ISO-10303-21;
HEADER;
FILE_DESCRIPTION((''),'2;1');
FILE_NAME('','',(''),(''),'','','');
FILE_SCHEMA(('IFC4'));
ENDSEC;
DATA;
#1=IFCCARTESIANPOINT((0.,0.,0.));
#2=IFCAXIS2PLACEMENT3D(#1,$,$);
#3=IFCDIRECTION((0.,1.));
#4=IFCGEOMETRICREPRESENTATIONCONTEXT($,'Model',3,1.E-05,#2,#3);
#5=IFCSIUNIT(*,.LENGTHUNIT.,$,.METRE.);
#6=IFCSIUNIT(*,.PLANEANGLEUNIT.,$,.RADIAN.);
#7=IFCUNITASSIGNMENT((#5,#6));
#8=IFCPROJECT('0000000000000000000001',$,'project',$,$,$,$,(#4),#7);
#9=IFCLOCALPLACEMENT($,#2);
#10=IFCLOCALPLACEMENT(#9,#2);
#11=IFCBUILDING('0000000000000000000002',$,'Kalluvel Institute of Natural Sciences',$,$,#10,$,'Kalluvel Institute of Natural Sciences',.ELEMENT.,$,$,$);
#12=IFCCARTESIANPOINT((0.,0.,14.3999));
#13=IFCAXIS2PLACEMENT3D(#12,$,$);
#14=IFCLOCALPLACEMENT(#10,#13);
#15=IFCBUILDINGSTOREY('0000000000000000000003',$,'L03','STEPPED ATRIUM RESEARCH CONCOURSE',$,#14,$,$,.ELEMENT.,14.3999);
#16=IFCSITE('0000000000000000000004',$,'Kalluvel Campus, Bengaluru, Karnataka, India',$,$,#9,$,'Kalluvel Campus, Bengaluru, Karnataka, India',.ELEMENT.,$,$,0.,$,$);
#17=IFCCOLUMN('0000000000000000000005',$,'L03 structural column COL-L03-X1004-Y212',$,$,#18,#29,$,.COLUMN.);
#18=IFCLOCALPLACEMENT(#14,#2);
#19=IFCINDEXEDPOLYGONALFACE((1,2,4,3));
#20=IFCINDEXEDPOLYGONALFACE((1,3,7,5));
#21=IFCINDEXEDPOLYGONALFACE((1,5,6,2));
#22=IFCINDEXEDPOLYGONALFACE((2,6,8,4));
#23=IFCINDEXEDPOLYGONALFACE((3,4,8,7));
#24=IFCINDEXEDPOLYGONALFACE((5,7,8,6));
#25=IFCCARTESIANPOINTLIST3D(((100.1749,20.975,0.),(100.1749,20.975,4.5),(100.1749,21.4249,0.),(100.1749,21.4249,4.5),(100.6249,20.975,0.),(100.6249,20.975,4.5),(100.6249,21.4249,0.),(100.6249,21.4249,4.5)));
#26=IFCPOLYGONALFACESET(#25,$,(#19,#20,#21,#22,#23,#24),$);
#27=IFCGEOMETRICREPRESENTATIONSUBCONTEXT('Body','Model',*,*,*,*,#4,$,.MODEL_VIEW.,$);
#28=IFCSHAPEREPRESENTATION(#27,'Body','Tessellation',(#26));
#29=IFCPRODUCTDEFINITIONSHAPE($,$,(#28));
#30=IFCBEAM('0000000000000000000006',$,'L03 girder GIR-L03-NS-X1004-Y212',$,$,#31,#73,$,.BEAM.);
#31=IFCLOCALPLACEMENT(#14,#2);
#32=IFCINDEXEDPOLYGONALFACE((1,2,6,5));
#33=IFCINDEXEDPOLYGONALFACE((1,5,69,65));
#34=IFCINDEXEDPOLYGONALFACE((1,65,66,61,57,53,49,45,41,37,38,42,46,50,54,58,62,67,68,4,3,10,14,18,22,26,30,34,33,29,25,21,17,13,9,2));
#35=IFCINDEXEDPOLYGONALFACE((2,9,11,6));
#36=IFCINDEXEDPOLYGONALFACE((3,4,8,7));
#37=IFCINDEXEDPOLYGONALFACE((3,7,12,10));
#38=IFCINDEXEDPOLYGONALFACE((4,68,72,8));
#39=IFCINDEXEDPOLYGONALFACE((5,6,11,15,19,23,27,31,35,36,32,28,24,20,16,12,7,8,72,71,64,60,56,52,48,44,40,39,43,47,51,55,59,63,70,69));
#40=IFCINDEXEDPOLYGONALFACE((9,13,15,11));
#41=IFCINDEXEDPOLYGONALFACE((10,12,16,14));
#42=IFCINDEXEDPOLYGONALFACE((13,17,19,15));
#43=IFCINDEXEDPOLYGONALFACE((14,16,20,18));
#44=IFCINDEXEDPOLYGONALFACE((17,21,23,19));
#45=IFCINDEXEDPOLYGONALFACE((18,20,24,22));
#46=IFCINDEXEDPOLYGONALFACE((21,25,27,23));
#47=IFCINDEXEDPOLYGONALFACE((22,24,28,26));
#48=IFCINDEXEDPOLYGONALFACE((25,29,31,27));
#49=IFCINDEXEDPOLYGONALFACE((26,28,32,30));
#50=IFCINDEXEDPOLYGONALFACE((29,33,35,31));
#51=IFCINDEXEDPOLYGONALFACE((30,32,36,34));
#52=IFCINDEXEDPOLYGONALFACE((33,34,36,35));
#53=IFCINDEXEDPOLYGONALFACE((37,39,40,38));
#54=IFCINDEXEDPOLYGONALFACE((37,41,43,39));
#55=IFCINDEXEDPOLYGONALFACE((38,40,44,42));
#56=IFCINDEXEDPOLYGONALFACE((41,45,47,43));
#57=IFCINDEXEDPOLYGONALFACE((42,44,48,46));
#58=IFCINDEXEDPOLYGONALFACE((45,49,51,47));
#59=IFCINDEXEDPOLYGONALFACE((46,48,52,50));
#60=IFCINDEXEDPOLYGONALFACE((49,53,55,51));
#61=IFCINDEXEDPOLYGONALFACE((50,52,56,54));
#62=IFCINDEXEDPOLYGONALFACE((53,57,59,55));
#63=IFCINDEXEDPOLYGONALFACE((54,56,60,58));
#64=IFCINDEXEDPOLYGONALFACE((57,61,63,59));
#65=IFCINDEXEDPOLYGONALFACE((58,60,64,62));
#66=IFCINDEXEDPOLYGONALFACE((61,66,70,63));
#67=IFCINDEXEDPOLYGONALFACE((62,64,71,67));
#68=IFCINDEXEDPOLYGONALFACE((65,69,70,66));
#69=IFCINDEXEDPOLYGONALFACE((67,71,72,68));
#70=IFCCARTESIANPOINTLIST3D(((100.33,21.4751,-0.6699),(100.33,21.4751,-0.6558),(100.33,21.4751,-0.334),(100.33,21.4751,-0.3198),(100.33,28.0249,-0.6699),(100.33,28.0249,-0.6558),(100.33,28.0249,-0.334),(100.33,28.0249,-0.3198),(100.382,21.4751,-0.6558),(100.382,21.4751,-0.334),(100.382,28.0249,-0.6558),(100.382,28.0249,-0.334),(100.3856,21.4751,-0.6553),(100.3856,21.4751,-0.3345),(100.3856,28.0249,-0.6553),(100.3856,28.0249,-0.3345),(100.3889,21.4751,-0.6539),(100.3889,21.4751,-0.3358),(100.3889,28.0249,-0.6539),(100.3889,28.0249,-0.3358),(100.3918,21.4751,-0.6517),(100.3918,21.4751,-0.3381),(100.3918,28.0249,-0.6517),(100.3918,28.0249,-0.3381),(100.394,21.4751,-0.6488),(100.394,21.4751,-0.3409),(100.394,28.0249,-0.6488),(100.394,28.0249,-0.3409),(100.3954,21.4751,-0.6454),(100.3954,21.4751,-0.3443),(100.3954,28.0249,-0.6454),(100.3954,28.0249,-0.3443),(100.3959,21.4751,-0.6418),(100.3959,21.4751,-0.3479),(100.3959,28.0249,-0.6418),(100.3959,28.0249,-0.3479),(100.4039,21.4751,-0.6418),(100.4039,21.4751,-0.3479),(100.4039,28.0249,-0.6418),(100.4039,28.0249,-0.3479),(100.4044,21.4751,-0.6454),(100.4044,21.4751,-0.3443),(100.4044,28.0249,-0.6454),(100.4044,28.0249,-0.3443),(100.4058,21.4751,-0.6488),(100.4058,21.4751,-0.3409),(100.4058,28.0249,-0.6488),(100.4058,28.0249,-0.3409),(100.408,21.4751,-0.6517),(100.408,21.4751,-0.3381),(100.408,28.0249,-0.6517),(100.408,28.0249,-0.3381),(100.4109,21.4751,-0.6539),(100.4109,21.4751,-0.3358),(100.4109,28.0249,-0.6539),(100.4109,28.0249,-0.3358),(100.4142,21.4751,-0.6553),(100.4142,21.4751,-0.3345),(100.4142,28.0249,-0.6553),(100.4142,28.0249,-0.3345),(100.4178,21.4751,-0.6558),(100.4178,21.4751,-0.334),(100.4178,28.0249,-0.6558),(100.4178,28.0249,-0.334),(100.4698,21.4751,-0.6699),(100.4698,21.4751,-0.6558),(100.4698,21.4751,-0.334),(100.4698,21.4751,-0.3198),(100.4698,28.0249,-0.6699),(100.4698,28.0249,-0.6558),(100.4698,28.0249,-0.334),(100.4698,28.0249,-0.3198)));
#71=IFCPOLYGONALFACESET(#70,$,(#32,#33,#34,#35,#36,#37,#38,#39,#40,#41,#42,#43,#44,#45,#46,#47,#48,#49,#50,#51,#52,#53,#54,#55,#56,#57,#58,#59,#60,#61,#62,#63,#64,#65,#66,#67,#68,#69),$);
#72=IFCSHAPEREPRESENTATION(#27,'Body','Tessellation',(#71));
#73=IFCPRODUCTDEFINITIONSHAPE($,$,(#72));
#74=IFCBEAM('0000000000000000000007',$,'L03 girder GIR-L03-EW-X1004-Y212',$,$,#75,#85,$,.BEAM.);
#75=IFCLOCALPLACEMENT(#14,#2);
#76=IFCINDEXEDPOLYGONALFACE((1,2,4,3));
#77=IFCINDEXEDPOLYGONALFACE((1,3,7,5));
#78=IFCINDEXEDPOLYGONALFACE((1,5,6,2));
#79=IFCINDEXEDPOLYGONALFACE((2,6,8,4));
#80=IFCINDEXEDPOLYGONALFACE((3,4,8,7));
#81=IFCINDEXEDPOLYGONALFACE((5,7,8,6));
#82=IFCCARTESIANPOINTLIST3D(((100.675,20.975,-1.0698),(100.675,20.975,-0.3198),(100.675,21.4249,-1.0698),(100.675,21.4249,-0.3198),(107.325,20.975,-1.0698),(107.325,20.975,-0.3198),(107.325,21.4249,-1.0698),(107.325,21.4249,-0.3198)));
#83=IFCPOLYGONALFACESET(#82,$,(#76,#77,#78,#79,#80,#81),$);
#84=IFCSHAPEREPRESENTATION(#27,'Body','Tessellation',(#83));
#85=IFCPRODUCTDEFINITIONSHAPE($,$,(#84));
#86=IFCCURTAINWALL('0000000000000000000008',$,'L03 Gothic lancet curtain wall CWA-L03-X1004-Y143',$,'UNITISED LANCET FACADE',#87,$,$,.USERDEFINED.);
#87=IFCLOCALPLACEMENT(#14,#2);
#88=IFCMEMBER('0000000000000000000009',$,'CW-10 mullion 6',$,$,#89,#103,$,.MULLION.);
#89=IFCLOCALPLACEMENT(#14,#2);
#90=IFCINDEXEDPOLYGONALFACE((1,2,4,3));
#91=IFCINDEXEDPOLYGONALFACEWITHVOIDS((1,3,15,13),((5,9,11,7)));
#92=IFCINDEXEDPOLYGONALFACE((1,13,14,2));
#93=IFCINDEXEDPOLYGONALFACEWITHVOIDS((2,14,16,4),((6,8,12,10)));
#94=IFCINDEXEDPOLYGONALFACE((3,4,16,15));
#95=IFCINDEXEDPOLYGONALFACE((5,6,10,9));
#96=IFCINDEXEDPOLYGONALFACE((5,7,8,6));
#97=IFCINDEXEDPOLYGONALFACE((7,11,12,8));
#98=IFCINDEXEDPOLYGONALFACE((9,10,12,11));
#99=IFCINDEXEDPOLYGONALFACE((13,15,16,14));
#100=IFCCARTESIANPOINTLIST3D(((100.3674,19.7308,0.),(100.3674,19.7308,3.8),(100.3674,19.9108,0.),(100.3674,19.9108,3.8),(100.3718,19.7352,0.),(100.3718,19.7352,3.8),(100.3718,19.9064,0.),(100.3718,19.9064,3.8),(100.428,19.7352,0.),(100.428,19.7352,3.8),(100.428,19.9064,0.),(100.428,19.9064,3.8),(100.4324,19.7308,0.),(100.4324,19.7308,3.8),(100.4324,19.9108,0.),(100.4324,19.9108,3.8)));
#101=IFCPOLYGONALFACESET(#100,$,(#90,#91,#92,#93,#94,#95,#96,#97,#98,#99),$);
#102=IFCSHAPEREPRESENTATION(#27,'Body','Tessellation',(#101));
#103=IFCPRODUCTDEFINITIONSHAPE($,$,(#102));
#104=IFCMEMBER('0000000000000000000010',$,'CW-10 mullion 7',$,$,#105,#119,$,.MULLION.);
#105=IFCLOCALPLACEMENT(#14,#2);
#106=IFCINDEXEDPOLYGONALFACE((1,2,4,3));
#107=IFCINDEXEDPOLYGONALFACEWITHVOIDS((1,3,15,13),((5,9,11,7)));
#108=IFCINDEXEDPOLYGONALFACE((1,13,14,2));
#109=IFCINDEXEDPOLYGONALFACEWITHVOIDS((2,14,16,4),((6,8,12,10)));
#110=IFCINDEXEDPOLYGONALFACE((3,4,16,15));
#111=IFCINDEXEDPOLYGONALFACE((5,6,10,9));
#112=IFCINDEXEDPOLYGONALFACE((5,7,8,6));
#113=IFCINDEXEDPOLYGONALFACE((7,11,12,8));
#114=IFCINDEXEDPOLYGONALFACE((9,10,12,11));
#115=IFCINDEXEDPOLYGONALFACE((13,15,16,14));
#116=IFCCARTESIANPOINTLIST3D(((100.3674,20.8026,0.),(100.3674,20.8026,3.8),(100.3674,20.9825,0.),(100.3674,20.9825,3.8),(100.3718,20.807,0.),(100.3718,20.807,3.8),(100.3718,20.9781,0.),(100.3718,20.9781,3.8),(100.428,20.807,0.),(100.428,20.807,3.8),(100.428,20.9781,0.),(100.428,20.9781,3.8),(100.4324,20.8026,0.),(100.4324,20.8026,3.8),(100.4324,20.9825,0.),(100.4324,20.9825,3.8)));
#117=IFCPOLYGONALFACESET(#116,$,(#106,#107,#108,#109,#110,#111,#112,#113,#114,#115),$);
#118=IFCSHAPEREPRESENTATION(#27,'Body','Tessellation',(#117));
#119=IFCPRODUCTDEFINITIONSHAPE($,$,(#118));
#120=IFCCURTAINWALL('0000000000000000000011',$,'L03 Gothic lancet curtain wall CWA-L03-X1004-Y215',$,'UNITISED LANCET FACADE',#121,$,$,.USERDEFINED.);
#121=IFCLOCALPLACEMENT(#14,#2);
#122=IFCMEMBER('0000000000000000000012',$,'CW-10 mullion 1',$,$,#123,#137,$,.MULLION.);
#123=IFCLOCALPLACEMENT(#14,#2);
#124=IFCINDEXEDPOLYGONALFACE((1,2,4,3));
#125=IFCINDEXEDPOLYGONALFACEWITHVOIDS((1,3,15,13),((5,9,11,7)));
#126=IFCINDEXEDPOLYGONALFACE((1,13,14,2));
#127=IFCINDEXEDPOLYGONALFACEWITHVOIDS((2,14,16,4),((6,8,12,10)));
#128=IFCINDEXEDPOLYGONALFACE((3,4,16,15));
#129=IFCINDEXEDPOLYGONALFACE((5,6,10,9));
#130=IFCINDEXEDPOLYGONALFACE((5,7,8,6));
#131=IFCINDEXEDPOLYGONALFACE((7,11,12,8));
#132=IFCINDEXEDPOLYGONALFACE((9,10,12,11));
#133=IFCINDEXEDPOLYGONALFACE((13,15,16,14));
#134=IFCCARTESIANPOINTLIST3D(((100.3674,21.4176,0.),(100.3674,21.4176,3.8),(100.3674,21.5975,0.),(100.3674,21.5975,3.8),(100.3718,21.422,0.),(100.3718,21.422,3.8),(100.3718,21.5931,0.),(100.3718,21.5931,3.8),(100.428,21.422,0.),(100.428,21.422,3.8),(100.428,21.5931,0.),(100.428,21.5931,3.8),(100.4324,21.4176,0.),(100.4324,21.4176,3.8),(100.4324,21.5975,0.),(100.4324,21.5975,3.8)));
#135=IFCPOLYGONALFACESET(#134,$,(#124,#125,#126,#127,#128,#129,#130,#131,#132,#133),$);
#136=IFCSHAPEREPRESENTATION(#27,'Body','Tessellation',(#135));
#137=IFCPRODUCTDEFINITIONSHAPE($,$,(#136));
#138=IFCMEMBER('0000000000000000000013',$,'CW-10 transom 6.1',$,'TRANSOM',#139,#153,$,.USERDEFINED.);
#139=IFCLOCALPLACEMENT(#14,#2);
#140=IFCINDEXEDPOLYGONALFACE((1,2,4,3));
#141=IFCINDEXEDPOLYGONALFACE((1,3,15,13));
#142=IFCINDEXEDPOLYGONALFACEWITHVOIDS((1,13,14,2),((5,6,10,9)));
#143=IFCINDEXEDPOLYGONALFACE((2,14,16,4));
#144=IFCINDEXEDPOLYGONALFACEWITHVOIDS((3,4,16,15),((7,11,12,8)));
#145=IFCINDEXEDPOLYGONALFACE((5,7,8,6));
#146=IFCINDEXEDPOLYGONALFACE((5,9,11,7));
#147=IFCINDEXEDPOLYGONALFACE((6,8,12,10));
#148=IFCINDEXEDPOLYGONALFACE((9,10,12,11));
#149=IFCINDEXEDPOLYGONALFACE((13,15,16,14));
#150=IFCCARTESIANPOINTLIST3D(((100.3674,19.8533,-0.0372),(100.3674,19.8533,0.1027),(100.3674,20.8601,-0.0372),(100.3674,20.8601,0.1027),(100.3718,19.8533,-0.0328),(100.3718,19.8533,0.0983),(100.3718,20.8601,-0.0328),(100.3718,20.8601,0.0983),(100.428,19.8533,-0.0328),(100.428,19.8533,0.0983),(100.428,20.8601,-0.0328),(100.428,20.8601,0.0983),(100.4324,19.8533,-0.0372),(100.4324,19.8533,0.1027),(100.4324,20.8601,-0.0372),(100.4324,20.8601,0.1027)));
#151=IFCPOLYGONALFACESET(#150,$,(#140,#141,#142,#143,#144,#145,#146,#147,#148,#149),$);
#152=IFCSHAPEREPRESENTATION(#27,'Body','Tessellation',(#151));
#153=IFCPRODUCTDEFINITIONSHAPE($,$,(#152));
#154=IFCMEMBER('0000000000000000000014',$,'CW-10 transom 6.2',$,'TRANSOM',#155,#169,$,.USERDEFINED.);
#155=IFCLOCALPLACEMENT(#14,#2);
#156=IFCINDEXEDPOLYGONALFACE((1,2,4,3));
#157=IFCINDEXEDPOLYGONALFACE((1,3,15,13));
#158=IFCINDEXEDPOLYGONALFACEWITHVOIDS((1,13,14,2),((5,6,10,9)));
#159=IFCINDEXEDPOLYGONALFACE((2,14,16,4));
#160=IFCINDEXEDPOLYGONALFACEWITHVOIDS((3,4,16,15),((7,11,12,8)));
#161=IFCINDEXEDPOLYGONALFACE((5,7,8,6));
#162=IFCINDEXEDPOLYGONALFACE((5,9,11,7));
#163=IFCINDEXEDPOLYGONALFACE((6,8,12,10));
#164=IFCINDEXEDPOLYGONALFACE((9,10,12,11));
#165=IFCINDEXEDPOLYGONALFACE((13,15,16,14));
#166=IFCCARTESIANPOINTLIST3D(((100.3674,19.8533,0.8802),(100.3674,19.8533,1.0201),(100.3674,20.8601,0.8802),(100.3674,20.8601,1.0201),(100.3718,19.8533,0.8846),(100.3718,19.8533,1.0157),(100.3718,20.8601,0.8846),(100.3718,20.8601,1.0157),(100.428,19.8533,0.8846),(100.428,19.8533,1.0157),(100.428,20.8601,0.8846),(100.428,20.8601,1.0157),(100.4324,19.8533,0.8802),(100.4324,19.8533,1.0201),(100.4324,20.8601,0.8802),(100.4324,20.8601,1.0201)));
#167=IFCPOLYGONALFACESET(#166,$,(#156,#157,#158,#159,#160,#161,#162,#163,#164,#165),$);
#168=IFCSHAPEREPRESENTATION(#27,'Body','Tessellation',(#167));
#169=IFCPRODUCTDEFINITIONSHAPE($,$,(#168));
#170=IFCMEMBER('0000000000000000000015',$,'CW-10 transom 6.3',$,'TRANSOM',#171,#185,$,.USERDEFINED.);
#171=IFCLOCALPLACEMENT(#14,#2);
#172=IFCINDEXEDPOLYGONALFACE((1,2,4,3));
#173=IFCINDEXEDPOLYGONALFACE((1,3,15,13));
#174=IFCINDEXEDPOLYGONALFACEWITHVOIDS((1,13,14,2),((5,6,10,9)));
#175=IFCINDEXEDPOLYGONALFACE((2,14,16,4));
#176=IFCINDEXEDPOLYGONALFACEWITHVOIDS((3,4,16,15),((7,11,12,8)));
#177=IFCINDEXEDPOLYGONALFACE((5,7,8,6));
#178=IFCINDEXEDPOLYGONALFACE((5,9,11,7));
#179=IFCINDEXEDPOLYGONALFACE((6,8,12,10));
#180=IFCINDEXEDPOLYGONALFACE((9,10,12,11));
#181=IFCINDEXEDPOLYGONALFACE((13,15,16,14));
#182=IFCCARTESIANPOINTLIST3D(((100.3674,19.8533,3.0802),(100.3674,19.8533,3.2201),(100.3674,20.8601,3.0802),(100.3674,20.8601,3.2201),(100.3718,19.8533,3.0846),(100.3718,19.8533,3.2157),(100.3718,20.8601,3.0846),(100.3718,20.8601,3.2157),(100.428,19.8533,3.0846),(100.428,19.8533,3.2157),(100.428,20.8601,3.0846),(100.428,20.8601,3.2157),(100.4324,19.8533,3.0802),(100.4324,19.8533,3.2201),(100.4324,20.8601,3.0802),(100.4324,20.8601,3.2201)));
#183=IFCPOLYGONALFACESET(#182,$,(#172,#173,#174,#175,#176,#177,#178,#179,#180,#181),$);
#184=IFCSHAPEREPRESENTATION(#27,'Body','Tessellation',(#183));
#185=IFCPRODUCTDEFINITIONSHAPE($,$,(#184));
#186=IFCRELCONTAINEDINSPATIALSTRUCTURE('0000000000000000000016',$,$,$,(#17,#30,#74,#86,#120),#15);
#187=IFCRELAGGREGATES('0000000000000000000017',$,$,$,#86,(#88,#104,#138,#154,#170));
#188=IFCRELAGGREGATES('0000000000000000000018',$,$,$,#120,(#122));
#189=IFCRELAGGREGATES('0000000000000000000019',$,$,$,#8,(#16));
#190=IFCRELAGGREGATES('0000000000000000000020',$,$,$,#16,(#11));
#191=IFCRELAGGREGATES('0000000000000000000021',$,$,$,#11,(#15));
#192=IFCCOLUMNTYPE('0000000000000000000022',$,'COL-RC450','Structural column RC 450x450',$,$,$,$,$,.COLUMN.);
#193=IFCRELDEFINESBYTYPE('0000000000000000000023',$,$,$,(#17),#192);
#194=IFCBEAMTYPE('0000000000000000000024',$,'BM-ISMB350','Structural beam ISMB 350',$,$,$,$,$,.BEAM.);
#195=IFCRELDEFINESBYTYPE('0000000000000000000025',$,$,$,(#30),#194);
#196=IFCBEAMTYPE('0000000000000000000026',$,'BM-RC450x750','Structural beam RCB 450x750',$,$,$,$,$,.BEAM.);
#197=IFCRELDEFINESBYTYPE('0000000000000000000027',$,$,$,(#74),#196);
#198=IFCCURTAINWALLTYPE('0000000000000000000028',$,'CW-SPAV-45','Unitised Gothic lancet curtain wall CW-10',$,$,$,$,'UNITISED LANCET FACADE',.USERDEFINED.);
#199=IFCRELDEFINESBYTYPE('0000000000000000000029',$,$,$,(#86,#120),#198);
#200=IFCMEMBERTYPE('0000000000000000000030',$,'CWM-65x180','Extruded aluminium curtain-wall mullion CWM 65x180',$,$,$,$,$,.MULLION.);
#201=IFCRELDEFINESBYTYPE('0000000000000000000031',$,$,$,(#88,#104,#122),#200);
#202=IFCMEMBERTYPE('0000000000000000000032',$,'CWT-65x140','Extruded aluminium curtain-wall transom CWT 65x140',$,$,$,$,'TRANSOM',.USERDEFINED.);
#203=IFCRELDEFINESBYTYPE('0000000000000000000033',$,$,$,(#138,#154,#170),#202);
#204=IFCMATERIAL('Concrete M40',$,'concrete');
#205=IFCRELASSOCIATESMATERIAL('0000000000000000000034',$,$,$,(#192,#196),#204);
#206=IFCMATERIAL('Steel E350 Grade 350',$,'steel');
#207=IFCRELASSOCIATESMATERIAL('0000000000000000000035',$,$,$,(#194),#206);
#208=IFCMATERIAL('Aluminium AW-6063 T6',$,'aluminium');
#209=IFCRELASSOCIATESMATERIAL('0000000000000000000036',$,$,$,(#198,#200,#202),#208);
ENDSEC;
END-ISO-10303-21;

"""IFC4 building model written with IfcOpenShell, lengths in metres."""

from ifc_helpers import new_model, si_unit, direction, frame, origin, origin_2d, place, context, subcontext, project, spatial, rectangle, hollow_rectangle, i_section, extrude, material, material_profile, profile_set, type_object, element, aggregate, save


model = new_model("IFC4")

# Units and contexts
model_context = context("Model", 3, precision=1e-05, world=origin(), true_north=direction((0.0, 1.0)))
body_context = subcontext(model_context, "Body", "Model", "MODEL_VIEW")
ifc_project = project(units=[si_unit("LENGTHUNIT", "METRE"), si_unit("PLANEANGLEUNIT", "RADIAN")], contexts=[model_context])

# Site, building, storey
site_placement = place(None, origin())
site = spatial("IfcSite", under=ifc_project, at=site_placement, Name="Kalluvel Campus, Bengaluru, Karnataka, India", LongName="Kalluvel Campus, Bengaluru, Karnataka, India", CompositionType="ELEMENT", RefElevation=0.0)
building_placement = place(site_placement, origin())
building = spatial("IfcBuilding", under=site, at=building_placement, Name="Kalluvel Institute of Natural Sciences", LongName="Kalluvel Institute of Natural Sciences", CompositionType="ELEMENT")
storey_placement = place(building_placement, frame((0.0, 0.0, 14.3999)))
storey = spatial("IfcBuildingStorey", under=building, at=storey_placement, Name="L03", Description="STEPPED ATRIUM RESEARCH CONCOURSE", CompositionType="ELEMENT", Elevation=14.3999)

# Column
ifc_material_1 = material(Name="Concrete M40", Category="concrete")
ifc_material_profile_1 = material_profile(ifc_material_1, rectangle(XDim=0.45, YDim=0.45, at=origin_2d()), Name="RC 450x450")
ifc_profile_set_1 = profile_set([ifc_material_profile_1], Name="Concrete M40")
column_type = type_object("IfcColumnType", Name="COL-RC450", Description="Structural column RC 450x450", PredefinedType="COLUMN", material=ifc_profile_set_1)
column_placement = place(storey_placement, frame((100.3999, 21.2, 0.0), z_axis=(0.0, 0.0, 1.0), x_axis=(1.0, 0.0, 0.0)))
element("IfcColumn", 1, at=column_placement, inside=storey, type_object=column_type, Name="L03 structural column COL-L03-X1004-Y212", PredefinedType="COLUMN", context=body_context, shape_type="SweptSolid", body=[
    extrude(rectangle(XDim=0.45, YDim=0.45, at=origin_2d()), origin(), (0.0, 0.0, 1.0), 4.5),
])

# Beams
ifc_material_2 = material(Name="Steel E350 Grade 350", Category="steel")
ifc_material_profile_2 = material_profile(ifc_material_2, i_section(OverallWidth=0.1399, OverallDepth=0.3501, WebThickness=0.0081, FlangeThickness=0.0142, FilletRadius=0.0139, at=origin_2d()), Name="ISMB 350")
ifc_profile_set_2 = profile_set([ifc_material_profile_2], Name="Steel E350 Grade 350")
beam_type_1 = type_object("IfcBeamType", Name="BM-ISMB350", Description="Structural beam ISMB 350", PredefinedType="BEAM", material=ifc_profile_set_2)
beam_1_placement = place(storey_placement, frame((100.3999, 21.4751, -0.4949), z_axis=(0.0, 1.0, 0.0), x_axis=(-1.0, 0.0, 0.0)))
element("IfcBeam", 2, at=beam_1_placement, inside=storey, type_object=beam_type_1, Name="L03 girder GIR-L03-NS-X1004-Y212", PredefinedType="BEAM", context=body_context, shape_type="SweptSolid", body=[
    extrude(i_section(OverallWidth=0.1399, OverallDepth=0.3501, WebThickness=0.0081, FlangeThickness=0.0142, FilletRadius=0.0139, at=origin_2d()), origin(), (0.0, 0.0, 1.0), 6.5498),
])
ifc_material_profile_3 = material_profile(ifc_material_1, rectangle(XDim=0.45, YDim=0.75, at=origin_2d()), Name="RCB 450x750")
ifc_profile_set_3 = profile_set([ifc_material_profile_3], Name="Concrete M40")
beam_type_2 = type_object("IfcBeamType", Name="BM-RC450x750", Description="Structural beam RCB 450x750", PredefinedType="BEAM", material=ifc_profile_set_3)
beam_2_placement = place(storey_placement, frame((100.675, 21.2, -0.6948), z_axis=(1.0, 0.0, 0.0), x_axis=(0.0, 1.0, 0.0)))
element("IfcBeam", 3, at=beam_2_placement, inside=storey, type_object=beam_type_2, Name="L03 girder GIR-L03-EW-X1004-Y212", PredefinedType="BEAM", context=body_context, shape_type="SweptSolid", body=[
    extrude(rectangle(XDim=0.45, YDim=0.75, at=origin_2d()), origin(), (0.0, 0.0, 1.0), 6.6499),
])

# Curtain wall, members
ifc_material_3 = material(Name="Aluminium AW-6063 T6", Category="aluminium")
curtain_wall_type = type_object("IfcCurtainWallType", Name="CW-SPAV-45", Description="Unitised Gothic lancet curtain wall CW-10", ElementType="UNITISED LANCET FACADE", PredefinedType="USERDEFINED", material=ifc_material_3)
curtain_wall_1_placement = place(storey_placement, origin())
curtain_wall_1 = element("IfcCurtainWall", 4, at=curtain_wall_1_placement, inside=storey, type_object=curtain_wall_type, Name="L03 Gothic lancet curtain wall CWA-L03-X1004-Y143", ObjectType="UNITISED LANCET FACADE", PredefinedType="USERDEFINED")
ifc_material_profile_4 = material_profile(ifc_material_3, hollow_rectangle(XDim=0.0649, YDim=0.1799, WallThickness=0.0044, at=origin_2d()), Name="CWM 65x180")
ifc_profile_set_4 = profile_set([ifc_material_profile_4], Name="Aluminium AW-6063 T6")
member_type_1 = type_object("IfcMemberType", Name="CWM-65x180", Description="Extruded aluminium curtain-wall mullion CWM 65x180", PredefinedType="MULLION", material=ifc_profile_set_4)
member_1_placement = place(storey_placement, frame((100.3999, 19.8208, 0.0), z_axis=(0.0, 0.0, 1.0), x_axis=(-1.0, 0.0, 0.0)))
member_1 = element("IfcMember", 5, at=member_1_placement, type_object=member_type_1, Name="CW-10 mullion 6", PredefinedType="MULLION", context=body_context, shape_type="SweptSolid", body=[
    extrude(hollow_rectangle(XDim=0.0649, YDim=0.1799, WallThickness=0.0044, at=origin_2d()), origin(), (0.0, 0.0, 1.0), 3.8),
])
member_2_placement = place(storey_placement, frame((100.3999, 20.8926, 0.0), z_axis=(0.0, 0.0, 1.0), x_axis=(-1.0, 0.0, 0.0)))
member_2 = element("IfcMember", 6, at=member_2_placement, type_object=member_type_1, Name="CW-10 mullion 7", PredefinedType="MULLION", context=body_context, shape_type="SweptSolid", body=[
    extrude(hollow_rectangle(XDim=0.0649, YDim=0.1799, WallThickness=0.0044, at=origin_2d()), origin(), (0.0, 0.0, 1.0), 3.8),
])

# Curtain wall, member
curtain_wall_2_placement = place(storey_placement, origin())
curtain_wall_2 = element("IfcCurtainWall", 7, at=curtain_wall_2_placement, inside=storey, type_object=curtain_wall_type, Name="L03 Gothic lancet curtain wall CWA-L03-X1004-Y215", ObjectType="UNITISED LANCET FACADE", PredefinedType="USERDEFINED")
member_3_placement = place(storey_placement, frame((100.3999, 21.5076, 0.0), z_axis=(0.0, 0.0, 1.0), x_axis=(-1.0, 0.0, 0.0)))
member_3 = element("IfcMember", 8, at=member_3_placement, type_object=member_type_1, Name="CW-10 mullion 1", PredefinedType="MULLION", context=body_context, shape_type="SweptSolid", body=[
    extrude(hollow_rectangle(XDim=0.0649, YDim=0.1799, WallThickness=0.0044, at=origin_2d()), origin(), (0.0, 0.0, 1.0), 3.8),
])

# Members
ifc_material_profile_5 = material_profile(ifc_material_3, hollow_rectangle(XDim=0.0649, YDim=0.1399, WallThickness=0.0044, at=origin_2d()), Name="CWT 65x140")
ifc_profile_set_5 = profile_set([ifc_material_profile_5], Name="Aluminium AW-6063 T6")
member_type_2 = type_object("IfcMemberType", Name="CWT-65x140", Description="Extruded aluminium curtain-wall transom CWT 65x140", ElementType="TRANSOM", PredefinedType="USERDEFINED", material=ifc_profile_set_5)
member_4_placement = place(storey_placement, frame((100.3999, 19.8533, 0.0327), z_axis=(0.0, 1.0, 0.0), x_axis=(-1.0, 0.0, 0.0)))
member_4 = element("IfcMember", 9, at=member_4_placement, type_object=member_type_2, Name="CW-10 transom 6.1", ObjectType="TRANSOM", PredefinedType="USERDEFINED", context=body_context, shape_type="SweptSolid", body=[
    extrude(hollow_rectangle(XDim=0.0649, YDim=0.1399, WallThickness=0.0044, at=origin_2d()), origin(), (0.0, 0.0, 1.0), 1.0068),
])
member_5_placement = place(storey_placement, frame((100.3999, 19.8533, 0.9502), z_axis=(0.0, 1.0, 0.0), x_axis=(-1.0, 0.0, 0.0)))
member_5 = element("IfcMember", 10, at=member_5_placement, type_object=member_type_2, Name="CW-10 transom 6.2", ObjectType="TRANSOM", PredefinedType="USERDEFINED", context=body_context, shape_type="SweptSolid", body=[
    extrude(hollow_rectangle(XDim=0.0649, YDim=0.1399, WallThickness=0.0044, at=origin_2d()), origin(), (0.0, 0.0, 1.0), 1.0068),
])
member_6_placement = place(storey_placement, frame((100.3999, 19.8533, 3.1501), z_axis=(0.0, 1.0, 0.0), x_axis=(-1.0, 0.0, 0.0)))
member_6 = element("IfcMember", 11, at=member_6_placement, type_object=member_type_2, Name="CW-10 transom 6.3", ObjectType="TRANSOM", PredefinedType="USERDEFINED", context=body_context, shape_type="SweptSolid", body=[
    extrude(hollow_rectangle(XDim=0.0649, YDim=0.1399, WallThickness=0.0044, at=origin_2d()), origin(), (0.0, 0.0, 1.0), 1.0068),
])

aggregate(curtain_wall_1, [member_1, member_2, member_4, member_5, member_6])
aggregate(curtain_wall_2, [member_3])

save(model, "model.ifc")
